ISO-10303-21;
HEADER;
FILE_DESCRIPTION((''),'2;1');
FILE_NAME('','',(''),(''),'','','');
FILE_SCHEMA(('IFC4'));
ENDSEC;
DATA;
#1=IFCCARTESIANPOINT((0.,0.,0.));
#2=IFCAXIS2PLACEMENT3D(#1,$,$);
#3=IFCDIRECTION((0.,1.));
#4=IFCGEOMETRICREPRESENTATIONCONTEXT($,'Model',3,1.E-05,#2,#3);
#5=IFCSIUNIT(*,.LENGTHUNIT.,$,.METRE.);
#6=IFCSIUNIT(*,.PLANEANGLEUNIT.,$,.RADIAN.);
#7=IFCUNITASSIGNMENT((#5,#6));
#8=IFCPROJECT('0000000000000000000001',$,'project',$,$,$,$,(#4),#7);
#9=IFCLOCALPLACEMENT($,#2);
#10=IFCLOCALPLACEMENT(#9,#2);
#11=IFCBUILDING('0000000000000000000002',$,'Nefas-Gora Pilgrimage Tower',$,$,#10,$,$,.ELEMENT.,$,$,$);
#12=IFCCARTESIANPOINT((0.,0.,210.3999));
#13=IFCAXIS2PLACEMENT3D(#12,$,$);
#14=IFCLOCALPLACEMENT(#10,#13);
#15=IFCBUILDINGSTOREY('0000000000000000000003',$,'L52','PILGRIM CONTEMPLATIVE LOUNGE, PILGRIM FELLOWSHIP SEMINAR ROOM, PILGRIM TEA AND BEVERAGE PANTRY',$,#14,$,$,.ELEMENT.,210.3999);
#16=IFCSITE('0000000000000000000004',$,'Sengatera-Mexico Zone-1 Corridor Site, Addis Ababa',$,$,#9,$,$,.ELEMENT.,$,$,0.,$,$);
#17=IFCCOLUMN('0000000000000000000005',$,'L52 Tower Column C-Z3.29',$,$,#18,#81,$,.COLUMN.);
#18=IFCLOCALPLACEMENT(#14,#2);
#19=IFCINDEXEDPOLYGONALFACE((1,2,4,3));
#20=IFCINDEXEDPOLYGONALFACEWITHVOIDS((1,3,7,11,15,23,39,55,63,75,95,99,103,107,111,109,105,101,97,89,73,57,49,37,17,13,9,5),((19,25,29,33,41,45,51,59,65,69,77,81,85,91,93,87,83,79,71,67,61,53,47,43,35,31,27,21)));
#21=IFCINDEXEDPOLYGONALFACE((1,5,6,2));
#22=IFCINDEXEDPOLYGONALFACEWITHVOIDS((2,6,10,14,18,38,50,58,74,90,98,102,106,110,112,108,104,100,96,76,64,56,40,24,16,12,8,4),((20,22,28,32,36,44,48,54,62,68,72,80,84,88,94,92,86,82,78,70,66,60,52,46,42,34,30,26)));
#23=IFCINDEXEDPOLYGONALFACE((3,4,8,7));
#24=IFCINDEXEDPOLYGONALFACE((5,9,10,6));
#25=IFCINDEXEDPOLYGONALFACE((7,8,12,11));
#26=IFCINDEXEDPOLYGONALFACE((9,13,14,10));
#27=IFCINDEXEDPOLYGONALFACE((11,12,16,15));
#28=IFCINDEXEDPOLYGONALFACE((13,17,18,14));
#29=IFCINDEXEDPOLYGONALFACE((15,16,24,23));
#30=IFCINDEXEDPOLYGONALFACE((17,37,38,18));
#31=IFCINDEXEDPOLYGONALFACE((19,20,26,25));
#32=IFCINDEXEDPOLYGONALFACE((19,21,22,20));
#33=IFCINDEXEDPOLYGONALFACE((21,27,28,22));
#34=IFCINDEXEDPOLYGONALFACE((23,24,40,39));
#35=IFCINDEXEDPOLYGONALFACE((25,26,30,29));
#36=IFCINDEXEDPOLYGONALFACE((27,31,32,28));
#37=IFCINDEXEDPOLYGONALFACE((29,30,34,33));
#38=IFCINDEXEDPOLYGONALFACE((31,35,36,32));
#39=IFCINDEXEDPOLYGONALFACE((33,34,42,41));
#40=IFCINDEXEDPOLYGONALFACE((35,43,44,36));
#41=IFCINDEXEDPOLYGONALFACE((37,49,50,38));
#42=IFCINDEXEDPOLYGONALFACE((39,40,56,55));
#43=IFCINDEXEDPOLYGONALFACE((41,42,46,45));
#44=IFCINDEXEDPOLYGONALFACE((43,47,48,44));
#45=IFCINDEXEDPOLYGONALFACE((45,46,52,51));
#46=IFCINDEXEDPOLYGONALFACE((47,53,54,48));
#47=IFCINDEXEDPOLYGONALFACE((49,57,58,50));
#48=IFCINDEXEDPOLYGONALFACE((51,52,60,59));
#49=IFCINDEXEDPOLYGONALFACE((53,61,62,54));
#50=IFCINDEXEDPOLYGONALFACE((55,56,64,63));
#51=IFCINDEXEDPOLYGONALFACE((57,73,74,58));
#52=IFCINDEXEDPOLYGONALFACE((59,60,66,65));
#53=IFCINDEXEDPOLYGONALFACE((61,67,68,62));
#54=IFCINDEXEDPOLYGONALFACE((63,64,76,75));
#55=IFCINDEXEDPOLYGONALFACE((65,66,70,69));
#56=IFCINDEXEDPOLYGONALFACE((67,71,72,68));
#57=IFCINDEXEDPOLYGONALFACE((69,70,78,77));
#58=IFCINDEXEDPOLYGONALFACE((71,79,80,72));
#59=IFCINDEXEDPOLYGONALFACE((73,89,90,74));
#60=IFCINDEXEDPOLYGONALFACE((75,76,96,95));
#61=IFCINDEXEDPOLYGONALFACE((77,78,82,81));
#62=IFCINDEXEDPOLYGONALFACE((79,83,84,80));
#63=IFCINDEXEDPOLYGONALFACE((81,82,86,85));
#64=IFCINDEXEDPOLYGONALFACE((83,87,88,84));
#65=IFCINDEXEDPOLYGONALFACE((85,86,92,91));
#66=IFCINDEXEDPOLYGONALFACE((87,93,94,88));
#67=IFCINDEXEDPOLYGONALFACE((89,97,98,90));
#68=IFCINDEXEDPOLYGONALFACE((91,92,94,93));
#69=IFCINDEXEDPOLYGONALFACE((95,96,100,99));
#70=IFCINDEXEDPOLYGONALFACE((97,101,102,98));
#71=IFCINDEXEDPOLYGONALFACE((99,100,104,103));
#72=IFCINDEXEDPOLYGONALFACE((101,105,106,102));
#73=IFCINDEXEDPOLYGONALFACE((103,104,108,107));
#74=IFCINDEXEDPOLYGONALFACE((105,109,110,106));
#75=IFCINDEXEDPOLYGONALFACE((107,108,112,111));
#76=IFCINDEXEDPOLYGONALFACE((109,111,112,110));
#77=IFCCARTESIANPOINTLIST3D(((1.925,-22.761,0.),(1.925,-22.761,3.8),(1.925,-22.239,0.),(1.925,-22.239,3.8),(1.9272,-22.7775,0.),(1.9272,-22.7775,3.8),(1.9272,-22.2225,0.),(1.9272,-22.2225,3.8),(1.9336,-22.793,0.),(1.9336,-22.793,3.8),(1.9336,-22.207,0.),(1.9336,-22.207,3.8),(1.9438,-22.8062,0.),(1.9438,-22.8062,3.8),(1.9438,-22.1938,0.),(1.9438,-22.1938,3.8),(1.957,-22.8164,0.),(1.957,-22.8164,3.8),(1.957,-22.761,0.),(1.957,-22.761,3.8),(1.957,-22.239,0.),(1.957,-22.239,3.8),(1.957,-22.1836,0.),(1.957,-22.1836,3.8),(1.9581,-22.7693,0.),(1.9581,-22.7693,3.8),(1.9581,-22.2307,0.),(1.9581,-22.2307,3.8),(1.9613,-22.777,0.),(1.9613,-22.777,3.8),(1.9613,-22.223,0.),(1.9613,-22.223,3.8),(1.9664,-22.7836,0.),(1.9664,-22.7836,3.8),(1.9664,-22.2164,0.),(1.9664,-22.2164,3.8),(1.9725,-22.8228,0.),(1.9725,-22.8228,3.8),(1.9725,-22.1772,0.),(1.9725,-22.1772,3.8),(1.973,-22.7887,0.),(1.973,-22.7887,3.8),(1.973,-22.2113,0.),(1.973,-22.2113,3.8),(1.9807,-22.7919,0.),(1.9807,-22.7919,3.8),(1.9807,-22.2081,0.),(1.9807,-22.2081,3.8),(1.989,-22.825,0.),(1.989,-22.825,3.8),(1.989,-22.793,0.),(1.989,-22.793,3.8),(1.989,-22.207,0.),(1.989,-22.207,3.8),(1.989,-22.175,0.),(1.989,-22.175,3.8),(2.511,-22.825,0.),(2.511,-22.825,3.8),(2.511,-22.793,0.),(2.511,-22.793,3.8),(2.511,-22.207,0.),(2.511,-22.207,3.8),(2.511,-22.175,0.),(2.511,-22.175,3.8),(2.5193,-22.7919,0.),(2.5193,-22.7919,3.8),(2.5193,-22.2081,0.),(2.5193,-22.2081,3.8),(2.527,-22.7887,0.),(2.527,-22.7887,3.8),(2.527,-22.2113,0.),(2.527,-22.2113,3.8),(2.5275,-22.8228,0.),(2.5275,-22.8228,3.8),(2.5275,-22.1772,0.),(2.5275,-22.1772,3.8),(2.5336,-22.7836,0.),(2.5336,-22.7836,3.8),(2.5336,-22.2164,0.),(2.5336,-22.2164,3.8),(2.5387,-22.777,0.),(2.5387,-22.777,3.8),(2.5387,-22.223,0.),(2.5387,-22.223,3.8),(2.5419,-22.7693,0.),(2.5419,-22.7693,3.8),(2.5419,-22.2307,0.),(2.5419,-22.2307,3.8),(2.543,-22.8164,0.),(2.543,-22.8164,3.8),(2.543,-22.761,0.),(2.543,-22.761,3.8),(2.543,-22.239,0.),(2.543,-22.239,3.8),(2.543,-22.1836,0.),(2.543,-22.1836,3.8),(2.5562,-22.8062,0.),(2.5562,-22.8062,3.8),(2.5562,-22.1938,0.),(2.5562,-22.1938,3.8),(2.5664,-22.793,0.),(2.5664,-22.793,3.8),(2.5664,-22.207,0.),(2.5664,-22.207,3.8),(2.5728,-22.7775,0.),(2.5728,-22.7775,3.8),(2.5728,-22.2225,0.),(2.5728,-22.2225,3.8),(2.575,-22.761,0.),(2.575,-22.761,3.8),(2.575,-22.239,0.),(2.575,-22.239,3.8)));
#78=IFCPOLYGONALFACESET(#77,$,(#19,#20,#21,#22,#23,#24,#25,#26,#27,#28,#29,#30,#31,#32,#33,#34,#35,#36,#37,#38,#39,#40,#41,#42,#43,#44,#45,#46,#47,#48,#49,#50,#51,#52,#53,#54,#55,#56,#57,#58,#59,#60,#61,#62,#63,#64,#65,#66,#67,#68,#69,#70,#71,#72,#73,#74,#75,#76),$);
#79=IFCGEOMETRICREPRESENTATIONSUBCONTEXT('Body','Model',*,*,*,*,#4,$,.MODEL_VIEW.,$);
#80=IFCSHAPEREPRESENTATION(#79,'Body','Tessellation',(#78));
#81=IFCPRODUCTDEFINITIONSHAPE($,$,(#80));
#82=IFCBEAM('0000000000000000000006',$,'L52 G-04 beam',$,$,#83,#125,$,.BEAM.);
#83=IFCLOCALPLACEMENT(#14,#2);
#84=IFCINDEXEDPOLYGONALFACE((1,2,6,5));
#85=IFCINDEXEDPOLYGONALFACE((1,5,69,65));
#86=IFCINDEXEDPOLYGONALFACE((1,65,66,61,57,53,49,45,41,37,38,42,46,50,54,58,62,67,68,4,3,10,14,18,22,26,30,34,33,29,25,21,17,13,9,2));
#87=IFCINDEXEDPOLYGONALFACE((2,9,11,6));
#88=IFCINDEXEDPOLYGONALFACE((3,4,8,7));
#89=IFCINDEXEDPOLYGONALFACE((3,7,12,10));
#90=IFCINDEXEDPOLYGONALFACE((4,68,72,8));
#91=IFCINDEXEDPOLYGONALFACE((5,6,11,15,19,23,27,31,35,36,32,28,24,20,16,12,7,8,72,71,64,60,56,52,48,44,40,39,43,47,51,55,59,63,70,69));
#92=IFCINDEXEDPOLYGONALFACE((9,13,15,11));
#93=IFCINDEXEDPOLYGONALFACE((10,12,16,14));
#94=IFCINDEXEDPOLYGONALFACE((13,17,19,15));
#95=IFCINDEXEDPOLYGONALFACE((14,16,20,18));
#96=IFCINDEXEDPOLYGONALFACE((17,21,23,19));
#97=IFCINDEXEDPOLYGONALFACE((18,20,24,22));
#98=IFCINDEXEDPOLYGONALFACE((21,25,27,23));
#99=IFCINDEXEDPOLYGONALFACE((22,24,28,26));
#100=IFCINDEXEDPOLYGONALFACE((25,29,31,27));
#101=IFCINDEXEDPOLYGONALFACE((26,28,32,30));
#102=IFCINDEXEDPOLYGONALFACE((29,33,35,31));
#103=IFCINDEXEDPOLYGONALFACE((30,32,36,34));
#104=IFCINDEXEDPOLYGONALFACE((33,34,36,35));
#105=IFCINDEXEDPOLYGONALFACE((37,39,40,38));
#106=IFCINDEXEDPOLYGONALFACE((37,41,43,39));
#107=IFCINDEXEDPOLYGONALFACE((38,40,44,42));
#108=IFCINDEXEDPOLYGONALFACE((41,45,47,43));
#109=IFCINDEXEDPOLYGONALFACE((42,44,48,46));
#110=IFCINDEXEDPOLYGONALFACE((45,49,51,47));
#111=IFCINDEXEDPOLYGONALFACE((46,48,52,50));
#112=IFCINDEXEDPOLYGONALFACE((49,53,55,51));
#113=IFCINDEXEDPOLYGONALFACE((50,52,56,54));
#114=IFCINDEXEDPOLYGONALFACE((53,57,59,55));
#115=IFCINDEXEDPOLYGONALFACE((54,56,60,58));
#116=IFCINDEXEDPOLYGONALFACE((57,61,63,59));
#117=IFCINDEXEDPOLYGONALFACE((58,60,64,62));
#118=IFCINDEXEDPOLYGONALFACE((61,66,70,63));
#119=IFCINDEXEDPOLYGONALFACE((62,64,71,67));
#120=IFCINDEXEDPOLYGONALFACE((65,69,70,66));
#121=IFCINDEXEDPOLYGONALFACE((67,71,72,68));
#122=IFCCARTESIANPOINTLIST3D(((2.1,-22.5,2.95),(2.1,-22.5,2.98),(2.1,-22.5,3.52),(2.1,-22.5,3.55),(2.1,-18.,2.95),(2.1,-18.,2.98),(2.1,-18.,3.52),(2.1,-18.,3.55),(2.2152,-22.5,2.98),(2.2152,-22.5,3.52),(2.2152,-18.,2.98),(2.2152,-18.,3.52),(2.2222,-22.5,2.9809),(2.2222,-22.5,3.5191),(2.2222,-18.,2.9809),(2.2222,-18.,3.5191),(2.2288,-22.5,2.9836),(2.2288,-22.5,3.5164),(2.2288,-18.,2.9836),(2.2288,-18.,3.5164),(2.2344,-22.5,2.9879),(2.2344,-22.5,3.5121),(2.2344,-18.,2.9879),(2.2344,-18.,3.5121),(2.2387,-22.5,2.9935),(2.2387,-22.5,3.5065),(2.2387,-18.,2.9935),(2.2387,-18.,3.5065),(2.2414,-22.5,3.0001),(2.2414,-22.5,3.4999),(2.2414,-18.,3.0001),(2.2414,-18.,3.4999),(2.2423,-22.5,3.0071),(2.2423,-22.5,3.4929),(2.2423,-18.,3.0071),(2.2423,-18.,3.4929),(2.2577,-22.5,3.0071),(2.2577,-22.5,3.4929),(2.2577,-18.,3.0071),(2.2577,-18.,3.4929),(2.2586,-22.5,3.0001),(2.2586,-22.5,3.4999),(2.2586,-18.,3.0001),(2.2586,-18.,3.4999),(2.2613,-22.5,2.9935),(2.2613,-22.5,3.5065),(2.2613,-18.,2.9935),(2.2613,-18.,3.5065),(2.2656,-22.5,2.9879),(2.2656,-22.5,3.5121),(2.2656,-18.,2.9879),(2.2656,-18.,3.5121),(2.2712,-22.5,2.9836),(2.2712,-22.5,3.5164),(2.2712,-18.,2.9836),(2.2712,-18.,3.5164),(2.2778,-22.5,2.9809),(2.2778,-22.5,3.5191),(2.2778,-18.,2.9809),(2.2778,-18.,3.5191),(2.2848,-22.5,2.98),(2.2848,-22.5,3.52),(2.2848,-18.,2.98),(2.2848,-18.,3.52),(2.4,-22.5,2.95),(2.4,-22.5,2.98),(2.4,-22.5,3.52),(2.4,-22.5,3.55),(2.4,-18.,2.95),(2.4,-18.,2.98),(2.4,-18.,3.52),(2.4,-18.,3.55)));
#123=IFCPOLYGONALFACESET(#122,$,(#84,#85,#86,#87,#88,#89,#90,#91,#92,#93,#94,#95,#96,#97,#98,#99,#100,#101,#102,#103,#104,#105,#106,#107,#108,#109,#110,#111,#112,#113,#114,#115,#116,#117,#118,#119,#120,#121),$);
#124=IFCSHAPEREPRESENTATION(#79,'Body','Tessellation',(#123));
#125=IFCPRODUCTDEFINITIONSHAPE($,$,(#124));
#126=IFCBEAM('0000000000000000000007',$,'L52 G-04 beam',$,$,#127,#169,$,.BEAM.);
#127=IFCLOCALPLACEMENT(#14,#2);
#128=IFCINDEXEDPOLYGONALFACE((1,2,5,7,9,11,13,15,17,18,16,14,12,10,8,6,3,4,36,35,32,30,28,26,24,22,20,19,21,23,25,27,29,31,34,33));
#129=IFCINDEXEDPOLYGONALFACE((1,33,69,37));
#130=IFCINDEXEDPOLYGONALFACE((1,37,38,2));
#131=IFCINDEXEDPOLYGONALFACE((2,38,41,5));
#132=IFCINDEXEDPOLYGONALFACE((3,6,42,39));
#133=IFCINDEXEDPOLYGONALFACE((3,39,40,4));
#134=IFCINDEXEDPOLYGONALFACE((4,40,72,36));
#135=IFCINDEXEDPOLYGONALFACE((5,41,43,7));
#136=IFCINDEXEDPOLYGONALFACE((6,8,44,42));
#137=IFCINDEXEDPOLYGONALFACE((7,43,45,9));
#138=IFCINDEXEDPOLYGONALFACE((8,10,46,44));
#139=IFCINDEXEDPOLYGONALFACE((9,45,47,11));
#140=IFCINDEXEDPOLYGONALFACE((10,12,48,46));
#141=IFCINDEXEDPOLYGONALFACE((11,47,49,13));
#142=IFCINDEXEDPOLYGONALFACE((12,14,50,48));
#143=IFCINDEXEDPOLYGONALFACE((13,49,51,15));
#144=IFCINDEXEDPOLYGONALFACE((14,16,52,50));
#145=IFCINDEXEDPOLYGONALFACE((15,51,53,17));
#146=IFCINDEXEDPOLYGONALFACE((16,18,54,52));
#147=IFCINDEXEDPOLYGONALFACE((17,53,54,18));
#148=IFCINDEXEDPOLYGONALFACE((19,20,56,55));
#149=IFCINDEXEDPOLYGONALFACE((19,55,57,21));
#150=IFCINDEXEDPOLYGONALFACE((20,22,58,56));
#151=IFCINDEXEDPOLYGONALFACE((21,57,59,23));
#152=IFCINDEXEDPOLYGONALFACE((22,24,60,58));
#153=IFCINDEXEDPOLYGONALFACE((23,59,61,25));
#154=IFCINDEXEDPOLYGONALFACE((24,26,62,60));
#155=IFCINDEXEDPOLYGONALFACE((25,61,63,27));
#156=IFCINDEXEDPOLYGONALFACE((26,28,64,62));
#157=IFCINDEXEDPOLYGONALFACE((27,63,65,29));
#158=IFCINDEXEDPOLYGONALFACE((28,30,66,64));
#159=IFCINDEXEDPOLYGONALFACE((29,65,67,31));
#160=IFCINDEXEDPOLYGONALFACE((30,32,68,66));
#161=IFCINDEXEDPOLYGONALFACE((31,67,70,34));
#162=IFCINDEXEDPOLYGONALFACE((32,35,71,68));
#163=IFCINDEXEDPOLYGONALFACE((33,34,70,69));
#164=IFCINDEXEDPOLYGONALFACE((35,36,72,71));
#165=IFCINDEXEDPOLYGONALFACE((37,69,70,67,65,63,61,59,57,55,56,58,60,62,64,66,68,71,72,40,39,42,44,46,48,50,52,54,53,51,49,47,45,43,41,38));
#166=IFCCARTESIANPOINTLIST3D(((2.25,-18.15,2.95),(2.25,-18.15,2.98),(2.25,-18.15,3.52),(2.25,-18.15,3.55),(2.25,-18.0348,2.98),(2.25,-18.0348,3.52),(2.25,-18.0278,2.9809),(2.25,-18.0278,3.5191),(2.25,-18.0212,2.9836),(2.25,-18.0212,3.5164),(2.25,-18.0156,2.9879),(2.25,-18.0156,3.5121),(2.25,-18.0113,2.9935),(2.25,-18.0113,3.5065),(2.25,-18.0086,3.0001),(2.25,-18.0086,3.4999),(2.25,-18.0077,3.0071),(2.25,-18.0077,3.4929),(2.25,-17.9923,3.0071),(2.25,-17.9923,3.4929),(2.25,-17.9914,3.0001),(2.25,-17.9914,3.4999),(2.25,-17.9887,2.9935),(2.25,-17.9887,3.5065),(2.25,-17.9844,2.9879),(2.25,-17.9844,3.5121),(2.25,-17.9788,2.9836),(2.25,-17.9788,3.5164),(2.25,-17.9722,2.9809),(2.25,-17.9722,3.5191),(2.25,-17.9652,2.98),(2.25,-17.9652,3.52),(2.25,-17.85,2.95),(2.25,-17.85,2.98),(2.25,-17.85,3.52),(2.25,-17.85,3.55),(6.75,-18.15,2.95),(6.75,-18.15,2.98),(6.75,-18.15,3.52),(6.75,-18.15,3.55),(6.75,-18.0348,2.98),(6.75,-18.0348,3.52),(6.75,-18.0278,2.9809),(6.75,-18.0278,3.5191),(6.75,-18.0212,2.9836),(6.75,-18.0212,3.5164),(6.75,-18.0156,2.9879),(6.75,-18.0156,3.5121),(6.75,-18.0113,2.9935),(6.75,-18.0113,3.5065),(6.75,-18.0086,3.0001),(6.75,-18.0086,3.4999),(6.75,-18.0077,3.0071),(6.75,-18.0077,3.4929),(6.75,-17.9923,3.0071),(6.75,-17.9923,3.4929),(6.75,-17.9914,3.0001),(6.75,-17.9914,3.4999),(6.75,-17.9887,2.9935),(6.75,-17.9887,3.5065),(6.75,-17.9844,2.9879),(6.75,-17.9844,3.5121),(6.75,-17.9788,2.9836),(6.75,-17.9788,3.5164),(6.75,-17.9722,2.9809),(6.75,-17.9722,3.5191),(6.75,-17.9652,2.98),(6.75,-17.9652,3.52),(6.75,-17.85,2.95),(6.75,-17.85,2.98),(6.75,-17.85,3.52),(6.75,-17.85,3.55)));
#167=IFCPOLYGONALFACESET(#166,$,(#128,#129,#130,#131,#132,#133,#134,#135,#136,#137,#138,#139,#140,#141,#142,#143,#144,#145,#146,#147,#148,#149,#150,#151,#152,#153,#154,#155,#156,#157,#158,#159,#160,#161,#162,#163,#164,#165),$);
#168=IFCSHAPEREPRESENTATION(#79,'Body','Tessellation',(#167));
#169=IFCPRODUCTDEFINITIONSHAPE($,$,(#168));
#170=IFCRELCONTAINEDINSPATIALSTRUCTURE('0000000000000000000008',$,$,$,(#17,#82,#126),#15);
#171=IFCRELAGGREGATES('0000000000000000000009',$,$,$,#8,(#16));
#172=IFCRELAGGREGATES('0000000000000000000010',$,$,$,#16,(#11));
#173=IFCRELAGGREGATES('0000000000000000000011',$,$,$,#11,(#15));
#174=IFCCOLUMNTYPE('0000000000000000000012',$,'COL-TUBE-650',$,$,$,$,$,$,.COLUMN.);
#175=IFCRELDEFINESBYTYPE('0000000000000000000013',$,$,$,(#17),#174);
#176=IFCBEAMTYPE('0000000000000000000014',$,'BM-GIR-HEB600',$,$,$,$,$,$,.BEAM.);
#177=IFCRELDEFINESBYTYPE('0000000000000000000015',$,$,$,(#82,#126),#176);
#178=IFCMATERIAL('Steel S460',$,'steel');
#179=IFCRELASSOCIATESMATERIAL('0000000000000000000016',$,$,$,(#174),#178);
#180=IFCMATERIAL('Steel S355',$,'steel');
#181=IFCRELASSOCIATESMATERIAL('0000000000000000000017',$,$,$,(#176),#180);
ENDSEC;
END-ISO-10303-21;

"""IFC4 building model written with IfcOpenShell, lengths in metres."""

from ifc_helpers import new_model, si_unit, direction, frame, origin, origin_2d, place, context, subcontext, project, spatial, hollow_rectangle, i_section, extrude, source, transform, mapped, material, material_profile, profile_set, type_object, element, save


model = new_model("IFC4")

# Units and contexts
model_context = context("Model", 3, precision=1e-05, world=origin(), true_north=direction((0.0, 1.0)))
body_context = subcontext(model_context, "Body", "Model", "MODEL_VIEW")
ifc_project = project(units=[si_unit("LENGTHUNIT", "METRE"), si_unit("PLANEANGLEUNIT", "RADIAN")], contexts=[model_context])

# Site, building, storey
site_placement = place(None, origin())
site = spatial("IfcSite", under=ifc_project, at=site_placement, Name="Sengatera-Mexico Zone-1 Corridor Site, Addis Ababa", CompositionType="ELEMENT", RefElevation=0.0)
building_placement = place(site_placement, origin())
building = spatial("IfcBuilding", under=site, at=building_placement, Name="Nefas-Gora Pilgrimage Tower", CompositionType="ELEMENT")
storey_placement = place(building_placement, frame((0.0, 0.0, 210.3999)))
storey = spatial("IfcBuildingStorey", under=building, at=storey_placement, Name="L52", Description="PILGRIM CONTEMPLATIVE LOUNGE, PILGRIM FELLOWSHIP SEMINAR ROOM, PILGRIM TEA AND BEVERAGE PANTRY", CompositionType="ELEMENT", Elevation=210.3999)

# Column
ifc_material_1 = material(Name="Steel S460", Category="steel")
ifc_material_profile_1 = material_profile(ifc_material_1, hollow_rectangle(XDim=0.6499, YDim=0.6499, WallThickness=0.032, InnerFilletRadius=0.032, OuterFilletRadius=0.064, at=origin_2d()), Name="BOX 650x650x32")
ifc_profile_set_1 = profile_set([ifc_material_profile_1], Name="Steel S460")
column_type_1 = type_object("IfcColumnType", Name="COL-TUBE-650", PredefinedType="COLUMN", material=ifc_profile_set_1)
shared_shape_1 = source(origin(), body_context, "Body", "SweptSolid", [
    extrude(hollow_rectangle(XDim=0.6499, YDim=0.6499, WallThickness=0.032, InnerFilletRadius=0.032, OuterFilletRadius=0.064, at=origin_2d()), origin(), (0.0, 0.0, 1.0), 3.8),
])
column_placement = place(storey_placement, frame((2.25, -22.5, 0.0), z_axis=(0.0, 0.0, 1.0), x_axis=(1.0, 0.0, 0.0)))
element("IfcColumn", 1, at=column_placement, inside=storey, type_object=column_type_1, Name="L52 Tower Column C-Z3.29", PredefinedType="COLUMN", context=body_context, shape_type="MappedRepresentation", body=[
    mapped(shared_shape_1, transform((0.0, 0.0, 0.0), x_axis=(1.0, 0.0, 0.0), y_axis=(0.0, 1.0, 0.0), z_axis=(0.0, 0.0, 1.0), scale=1.0)),
])

# Beams
ifc_material_2 = material(Name="Steel S355", Category="steel")
ifc_material_profile_2 = material_profile(ifc_material_2, i_section(OverallWidth=0.3, OverallDepth=0.6001, WebThickness=0.0154, FlangeThickness=0.03, FilletRadius=0.0271, at=origin_2d()), Name="HEB 600")
ifc_profile_set_2 = profile_set([ifc_material_profile_2], Name="Steel S355")
beam_type = type_object("IfcBeamType", Name="BM-GIR-HEB600", PredefinedType="BEAM", material=ifc_profile_set_2)
shared_shape_2 = source(origin(), body_context, "Body", "SweptSolid", [
    extrude(i_section(OverallWidth=0.3, OverallDepth=0.6001, WebThickness=0.0154, FlangeThickness=0.03, FilletRadius=0.0271, at=origin_2d()), origin(), (0.0, 0.0, 1.0), 4.5),
])
for number, where, z_axis, x_axis, name in (
    (2, (2.25, -22.5, 3.25), (0.0, 1.0, 0.0), (-1.0, 0.0, 0.0), "L52 G-04 beam"),
    (3, (2.25, -18.0, 3.25), (1.0, 0.0, 0.0), (0.0, 1.0, 0.0), "L52 G-04 beam"),
):
    element("IfcBeam", number, at=place(storey_placement, frame(where, z_axis=z_axis, x_axis=x_axis)), inside=storey, type_object=beam_type, Name=name, PredefinedType="BEAM", context=body_context, shape_type="MappedRepresentation", body=[
        mapped(shared_shape_2, transform((0.0, 0.0, 0.0), x_axis=(1.0, 0.0, 0.0), y_axis=(0.0, 1.0, 0.0), z_axis=(0.0, 0.0, 1.0), scale=1.0)),
    ])

save(model, "model.ifc")
